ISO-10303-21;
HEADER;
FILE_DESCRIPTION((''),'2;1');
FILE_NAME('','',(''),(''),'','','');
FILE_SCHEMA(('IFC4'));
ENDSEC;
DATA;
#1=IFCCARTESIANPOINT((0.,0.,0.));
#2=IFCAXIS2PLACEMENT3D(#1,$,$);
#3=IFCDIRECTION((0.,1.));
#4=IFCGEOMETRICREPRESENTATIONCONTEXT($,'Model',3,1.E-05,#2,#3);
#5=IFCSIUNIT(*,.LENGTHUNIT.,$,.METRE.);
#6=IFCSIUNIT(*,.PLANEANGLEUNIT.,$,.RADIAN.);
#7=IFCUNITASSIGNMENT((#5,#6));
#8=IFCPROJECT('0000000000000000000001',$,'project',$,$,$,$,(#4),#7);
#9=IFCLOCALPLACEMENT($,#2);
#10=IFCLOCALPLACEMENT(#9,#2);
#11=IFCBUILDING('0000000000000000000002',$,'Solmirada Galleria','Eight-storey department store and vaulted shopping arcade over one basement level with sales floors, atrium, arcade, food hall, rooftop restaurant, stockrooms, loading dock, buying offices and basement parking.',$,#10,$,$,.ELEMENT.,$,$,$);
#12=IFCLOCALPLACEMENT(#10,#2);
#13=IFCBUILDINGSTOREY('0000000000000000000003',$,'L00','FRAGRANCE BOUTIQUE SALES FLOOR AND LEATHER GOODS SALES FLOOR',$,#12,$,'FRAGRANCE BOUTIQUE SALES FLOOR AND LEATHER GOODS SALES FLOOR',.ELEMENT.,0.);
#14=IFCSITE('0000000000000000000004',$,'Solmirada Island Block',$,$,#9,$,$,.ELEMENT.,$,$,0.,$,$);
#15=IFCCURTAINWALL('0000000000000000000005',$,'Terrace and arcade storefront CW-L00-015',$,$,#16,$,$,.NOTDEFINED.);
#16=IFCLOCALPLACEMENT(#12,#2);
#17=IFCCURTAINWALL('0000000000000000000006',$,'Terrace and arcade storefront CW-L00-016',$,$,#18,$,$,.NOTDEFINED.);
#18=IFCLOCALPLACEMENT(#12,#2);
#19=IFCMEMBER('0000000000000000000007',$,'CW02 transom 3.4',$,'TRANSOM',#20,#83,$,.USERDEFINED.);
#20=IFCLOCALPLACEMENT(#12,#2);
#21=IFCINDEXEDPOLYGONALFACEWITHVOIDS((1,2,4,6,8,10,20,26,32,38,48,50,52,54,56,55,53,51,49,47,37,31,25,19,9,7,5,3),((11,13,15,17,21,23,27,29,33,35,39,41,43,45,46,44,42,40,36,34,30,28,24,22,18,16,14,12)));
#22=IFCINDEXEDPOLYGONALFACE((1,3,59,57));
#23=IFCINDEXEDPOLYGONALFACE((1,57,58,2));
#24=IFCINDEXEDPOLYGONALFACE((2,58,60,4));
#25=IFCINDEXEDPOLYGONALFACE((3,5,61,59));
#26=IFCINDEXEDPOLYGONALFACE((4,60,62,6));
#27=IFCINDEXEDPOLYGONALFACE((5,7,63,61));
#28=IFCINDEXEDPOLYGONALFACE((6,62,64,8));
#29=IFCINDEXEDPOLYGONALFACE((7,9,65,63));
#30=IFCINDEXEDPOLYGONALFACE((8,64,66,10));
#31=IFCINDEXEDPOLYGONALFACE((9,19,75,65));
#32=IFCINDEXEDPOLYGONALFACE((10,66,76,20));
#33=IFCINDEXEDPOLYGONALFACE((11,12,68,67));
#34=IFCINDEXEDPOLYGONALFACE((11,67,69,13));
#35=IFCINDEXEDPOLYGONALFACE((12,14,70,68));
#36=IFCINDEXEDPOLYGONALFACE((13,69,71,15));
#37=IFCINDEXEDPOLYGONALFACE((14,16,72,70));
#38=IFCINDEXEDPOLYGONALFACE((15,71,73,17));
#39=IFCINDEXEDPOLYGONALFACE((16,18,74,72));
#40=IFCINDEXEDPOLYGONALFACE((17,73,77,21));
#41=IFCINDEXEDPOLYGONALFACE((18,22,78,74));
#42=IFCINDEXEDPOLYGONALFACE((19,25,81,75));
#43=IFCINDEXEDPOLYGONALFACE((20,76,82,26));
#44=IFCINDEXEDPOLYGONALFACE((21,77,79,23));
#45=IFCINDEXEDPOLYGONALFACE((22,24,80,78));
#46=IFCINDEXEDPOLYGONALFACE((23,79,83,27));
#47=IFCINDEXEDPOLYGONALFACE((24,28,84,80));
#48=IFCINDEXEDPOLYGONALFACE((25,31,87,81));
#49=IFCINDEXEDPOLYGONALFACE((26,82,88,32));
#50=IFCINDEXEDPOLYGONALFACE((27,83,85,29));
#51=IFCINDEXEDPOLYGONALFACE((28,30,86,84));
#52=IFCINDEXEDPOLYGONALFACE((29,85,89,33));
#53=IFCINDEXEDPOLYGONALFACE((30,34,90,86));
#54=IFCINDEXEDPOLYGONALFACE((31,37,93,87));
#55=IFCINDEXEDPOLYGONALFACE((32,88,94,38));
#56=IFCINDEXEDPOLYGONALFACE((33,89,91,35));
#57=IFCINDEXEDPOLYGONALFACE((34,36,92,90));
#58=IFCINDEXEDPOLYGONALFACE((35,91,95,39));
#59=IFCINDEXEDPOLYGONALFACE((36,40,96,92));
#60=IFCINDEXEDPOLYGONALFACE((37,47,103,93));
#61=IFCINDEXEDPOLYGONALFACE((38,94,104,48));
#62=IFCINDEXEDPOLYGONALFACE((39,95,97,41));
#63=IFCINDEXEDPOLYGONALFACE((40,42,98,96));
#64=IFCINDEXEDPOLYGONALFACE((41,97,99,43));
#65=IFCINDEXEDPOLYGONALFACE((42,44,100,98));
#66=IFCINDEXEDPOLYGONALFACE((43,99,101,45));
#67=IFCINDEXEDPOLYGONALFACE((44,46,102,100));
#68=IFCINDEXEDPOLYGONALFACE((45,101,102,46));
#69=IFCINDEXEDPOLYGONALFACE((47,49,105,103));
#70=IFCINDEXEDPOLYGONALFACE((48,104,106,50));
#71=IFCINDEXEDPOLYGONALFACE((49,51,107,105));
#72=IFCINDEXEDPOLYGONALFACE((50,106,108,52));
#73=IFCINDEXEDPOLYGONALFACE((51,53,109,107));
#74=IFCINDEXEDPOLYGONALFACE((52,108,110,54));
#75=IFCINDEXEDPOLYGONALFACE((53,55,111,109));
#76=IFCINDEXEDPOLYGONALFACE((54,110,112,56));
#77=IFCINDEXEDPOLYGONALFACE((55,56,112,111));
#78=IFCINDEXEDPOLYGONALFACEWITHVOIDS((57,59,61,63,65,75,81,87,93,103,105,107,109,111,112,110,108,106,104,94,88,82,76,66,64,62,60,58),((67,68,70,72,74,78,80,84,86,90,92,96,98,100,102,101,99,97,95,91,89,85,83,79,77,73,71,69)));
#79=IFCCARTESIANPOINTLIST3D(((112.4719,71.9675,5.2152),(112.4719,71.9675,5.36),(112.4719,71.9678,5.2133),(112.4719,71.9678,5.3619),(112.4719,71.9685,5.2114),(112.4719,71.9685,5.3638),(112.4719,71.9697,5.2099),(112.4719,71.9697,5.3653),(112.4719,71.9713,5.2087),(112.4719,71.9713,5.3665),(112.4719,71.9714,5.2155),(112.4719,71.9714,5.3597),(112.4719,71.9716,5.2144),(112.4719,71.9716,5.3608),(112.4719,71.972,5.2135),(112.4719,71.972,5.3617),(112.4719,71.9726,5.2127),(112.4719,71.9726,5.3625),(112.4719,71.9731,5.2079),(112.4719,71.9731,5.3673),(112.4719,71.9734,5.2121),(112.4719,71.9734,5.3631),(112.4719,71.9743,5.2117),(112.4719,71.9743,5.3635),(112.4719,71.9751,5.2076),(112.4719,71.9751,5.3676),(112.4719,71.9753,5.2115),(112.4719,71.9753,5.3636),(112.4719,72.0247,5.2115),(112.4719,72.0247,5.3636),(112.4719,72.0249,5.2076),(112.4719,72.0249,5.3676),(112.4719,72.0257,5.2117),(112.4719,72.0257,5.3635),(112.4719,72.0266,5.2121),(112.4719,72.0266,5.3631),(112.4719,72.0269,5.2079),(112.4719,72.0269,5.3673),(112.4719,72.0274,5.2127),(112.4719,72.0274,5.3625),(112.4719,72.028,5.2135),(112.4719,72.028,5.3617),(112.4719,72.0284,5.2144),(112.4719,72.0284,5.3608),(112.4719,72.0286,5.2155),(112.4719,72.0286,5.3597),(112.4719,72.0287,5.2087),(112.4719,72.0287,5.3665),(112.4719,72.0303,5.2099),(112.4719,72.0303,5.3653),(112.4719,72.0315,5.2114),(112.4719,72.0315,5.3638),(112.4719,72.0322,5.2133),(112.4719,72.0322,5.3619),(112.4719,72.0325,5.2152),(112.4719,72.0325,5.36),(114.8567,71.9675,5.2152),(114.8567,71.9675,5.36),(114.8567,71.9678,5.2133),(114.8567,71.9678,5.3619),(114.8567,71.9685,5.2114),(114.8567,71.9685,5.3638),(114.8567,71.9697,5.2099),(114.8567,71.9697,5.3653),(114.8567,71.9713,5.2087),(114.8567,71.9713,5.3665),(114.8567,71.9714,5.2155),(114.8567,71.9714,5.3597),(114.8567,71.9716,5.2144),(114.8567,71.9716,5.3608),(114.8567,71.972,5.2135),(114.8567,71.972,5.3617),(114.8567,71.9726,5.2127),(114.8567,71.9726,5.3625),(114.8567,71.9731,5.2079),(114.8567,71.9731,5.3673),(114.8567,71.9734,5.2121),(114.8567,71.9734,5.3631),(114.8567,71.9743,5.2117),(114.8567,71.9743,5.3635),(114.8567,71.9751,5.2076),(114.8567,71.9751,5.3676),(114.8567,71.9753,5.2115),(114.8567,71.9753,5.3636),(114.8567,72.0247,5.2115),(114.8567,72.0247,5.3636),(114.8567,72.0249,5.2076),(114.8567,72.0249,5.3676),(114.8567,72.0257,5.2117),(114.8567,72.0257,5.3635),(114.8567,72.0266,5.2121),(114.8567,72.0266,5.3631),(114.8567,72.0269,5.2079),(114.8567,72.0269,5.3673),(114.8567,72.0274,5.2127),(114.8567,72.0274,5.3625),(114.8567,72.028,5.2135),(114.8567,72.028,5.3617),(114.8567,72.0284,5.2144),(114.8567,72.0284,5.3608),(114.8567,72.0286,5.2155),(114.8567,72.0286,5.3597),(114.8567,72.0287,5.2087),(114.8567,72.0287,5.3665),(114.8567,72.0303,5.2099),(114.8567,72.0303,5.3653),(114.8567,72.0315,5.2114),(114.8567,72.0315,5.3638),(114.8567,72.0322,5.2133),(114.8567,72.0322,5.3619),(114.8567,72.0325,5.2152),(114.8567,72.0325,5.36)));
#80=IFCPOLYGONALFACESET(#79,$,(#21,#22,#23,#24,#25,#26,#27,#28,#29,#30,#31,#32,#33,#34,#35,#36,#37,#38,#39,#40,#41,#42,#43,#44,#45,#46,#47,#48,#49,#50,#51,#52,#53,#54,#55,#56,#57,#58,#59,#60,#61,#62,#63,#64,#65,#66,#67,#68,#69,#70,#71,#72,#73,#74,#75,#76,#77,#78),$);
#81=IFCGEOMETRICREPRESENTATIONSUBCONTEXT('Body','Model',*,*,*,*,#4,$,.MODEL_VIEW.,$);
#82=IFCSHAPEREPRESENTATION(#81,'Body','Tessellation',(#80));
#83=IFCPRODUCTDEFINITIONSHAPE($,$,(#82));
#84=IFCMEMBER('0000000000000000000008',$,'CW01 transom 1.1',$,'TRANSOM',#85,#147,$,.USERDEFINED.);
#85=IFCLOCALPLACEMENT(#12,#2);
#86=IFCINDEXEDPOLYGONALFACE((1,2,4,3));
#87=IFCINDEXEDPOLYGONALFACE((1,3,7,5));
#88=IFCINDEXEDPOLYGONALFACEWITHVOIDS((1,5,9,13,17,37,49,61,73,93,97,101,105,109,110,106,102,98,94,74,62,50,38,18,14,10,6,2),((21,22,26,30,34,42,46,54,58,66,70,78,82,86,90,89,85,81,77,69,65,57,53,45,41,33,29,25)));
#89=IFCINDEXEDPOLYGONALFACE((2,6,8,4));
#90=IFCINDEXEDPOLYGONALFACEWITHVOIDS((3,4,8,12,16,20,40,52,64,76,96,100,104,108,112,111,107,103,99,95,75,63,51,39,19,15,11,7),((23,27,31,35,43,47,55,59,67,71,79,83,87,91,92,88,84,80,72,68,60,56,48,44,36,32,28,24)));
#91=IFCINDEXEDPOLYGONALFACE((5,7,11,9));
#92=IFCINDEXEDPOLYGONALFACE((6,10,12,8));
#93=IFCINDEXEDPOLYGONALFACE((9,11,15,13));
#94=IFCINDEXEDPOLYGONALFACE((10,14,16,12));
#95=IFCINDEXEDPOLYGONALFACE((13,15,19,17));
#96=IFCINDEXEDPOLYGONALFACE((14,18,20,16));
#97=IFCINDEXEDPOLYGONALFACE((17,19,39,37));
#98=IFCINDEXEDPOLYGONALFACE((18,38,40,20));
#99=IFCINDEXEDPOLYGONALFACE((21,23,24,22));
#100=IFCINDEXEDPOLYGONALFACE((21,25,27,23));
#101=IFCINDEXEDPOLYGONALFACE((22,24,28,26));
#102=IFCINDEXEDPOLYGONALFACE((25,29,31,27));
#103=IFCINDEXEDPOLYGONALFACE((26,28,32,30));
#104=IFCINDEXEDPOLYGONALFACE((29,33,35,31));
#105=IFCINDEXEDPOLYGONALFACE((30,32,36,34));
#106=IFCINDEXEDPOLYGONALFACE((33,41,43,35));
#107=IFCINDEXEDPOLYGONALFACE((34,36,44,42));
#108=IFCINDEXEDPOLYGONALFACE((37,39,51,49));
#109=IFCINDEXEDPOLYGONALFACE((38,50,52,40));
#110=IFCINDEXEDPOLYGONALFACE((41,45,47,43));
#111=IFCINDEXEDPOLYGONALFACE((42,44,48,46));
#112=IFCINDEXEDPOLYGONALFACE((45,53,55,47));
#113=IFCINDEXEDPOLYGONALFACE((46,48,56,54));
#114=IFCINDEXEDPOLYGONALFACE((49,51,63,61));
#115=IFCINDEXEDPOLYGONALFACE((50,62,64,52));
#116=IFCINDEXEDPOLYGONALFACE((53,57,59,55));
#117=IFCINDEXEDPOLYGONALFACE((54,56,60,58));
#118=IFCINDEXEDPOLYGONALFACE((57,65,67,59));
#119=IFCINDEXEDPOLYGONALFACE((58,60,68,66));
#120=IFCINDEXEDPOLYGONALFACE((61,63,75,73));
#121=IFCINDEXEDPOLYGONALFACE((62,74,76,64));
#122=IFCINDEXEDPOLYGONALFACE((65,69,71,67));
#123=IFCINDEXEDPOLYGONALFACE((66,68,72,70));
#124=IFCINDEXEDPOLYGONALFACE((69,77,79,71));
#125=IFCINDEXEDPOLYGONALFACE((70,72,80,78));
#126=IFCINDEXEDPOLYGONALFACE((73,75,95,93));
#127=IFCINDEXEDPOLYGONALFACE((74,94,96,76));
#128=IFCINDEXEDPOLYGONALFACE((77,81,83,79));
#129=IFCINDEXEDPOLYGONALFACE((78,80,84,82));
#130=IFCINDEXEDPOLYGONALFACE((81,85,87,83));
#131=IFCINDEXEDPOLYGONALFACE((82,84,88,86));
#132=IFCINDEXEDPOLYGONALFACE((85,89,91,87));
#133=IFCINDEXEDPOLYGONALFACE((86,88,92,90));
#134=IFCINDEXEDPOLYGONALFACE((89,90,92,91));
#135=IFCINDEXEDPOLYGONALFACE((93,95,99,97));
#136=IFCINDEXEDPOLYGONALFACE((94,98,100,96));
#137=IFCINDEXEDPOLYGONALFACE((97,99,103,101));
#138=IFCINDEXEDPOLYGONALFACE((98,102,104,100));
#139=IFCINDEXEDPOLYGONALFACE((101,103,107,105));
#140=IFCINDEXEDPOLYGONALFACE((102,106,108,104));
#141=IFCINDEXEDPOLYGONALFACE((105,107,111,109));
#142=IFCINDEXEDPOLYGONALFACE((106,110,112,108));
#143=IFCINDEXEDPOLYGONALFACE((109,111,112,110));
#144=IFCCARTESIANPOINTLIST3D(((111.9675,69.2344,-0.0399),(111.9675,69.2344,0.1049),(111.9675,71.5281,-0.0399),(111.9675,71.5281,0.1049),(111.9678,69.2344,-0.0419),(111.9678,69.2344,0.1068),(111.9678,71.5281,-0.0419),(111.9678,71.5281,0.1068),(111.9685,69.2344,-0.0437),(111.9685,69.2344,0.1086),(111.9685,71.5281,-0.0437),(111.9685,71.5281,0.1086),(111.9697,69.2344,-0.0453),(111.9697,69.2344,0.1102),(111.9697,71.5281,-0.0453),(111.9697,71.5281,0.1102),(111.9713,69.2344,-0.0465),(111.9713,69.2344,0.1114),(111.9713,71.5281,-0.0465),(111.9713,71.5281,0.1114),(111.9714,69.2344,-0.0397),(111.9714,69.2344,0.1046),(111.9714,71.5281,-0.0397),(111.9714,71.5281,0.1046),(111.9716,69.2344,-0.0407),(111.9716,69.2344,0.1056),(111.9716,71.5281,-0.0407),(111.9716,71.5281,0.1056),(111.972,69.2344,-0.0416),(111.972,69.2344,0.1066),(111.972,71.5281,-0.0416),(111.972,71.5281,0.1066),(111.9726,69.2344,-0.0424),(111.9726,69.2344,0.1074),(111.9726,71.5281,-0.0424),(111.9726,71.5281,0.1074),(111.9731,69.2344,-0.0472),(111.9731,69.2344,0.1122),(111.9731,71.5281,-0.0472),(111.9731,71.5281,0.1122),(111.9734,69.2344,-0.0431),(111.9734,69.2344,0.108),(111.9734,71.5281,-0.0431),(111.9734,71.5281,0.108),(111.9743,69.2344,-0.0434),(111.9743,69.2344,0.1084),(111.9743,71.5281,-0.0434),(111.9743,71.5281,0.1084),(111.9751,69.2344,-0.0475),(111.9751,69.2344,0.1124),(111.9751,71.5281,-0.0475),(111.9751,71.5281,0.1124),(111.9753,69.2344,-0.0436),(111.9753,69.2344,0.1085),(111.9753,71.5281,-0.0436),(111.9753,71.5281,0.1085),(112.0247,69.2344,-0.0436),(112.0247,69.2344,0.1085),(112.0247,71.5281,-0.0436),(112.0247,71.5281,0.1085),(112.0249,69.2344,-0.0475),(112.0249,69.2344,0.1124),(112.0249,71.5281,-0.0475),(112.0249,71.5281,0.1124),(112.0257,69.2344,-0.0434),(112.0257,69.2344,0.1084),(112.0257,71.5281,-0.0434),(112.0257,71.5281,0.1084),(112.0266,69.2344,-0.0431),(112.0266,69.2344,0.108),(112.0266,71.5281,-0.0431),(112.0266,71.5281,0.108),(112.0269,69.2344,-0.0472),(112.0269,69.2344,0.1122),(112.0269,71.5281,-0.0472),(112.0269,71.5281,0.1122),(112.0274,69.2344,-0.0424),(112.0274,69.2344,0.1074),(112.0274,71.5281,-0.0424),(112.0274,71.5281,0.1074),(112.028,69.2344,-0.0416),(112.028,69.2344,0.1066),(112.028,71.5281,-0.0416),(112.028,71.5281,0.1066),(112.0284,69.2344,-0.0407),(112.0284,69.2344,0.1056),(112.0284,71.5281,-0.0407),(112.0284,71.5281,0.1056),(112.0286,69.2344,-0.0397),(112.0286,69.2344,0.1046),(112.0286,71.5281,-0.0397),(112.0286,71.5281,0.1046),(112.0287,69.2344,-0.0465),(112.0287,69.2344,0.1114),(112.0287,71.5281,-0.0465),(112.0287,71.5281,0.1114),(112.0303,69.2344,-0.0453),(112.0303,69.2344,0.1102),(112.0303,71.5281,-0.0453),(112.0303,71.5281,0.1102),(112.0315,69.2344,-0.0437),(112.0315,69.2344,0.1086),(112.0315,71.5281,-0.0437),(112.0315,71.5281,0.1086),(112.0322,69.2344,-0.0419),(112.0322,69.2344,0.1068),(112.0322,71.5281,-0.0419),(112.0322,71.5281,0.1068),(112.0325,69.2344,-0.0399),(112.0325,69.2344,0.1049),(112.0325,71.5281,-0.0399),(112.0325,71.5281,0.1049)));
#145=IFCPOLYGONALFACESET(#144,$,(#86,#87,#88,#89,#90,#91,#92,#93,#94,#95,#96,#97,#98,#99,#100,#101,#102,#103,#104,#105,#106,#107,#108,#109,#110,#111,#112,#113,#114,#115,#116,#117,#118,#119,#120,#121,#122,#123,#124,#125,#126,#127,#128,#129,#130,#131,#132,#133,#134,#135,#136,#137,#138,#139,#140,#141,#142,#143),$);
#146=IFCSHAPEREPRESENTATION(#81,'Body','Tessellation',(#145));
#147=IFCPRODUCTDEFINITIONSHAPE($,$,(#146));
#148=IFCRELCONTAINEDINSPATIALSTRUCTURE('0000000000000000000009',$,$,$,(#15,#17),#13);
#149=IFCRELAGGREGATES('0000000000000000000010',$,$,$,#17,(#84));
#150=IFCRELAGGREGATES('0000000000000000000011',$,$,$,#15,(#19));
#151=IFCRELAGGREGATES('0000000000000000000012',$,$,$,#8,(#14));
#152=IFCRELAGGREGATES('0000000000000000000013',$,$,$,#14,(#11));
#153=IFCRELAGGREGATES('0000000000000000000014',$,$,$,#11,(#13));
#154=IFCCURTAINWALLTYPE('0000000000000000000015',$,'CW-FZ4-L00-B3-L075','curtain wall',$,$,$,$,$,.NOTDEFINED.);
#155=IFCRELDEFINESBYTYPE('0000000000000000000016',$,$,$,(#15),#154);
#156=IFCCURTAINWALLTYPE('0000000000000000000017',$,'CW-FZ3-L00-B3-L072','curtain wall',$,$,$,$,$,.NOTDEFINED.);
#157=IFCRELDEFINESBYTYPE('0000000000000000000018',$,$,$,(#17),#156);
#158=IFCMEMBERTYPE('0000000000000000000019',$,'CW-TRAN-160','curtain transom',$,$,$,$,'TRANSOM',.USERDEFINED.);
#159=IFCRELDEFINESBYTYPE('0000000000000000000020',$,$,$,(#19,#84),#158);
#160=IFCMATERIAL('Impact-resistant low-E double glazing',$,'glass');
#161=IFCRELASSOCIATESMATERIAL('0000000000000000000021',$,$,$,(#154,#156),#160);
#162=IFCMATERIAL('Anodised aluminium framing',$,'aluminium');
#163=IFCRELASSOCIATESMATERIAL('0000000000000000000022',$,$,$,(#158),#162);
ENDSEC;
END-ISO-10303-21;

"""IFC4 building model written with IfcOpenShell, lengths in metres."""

from ifc_helpers import new_model, si_unit, direction, frame, origin, origin_2d, place, context, subcontext, project, spatial, hollow_rectangle, extrude, material, material_profile, profile_set, type_object, element, aggregate, save


model = new_model("IFC4")

# Units and contexts
model_context = context("Model", 3, precision=1e-05, world=origin(), true_north=direction((0.0, 1.0)))
body_context = subcontext(model_context, "Body", "Model", "MODEL_VIEW")
ifc_project = project(units=[si_unit("LENGTHUNIT", "METRE"), si_unit("PLANEANGLEUNIT", "RADIAN")], contexts=[model_context])

# Site, building, storey
site_placement = place(None, origin())
site = spatial("IfcSite", under=ifc_project, at=site_placement, Name="Solmirada Island Block", CompositionType="ELEMENT", RefElevation=0.0)
building_placement = place(site_placement, origin())
building = spatial("IfcBuilding", under=site, at=building_placement, Name="Solmirada Galleria", Description="Eight-storey department store and vaulted shopping arcade over one basement level with sales floors, atrium, arcade, food hall, rooftop restaurant, stockrooms, loading dock, buying offices and basement parking.", CompositionType="ELEMENT")
storey_placement = place(building_placement, origin())
storey = spatial("IfcBuildingStorey", under=building, at=storey_placement, Name="L00", Description="FRAGRANCE BOUTIQUE SALES FLOOR AND LEATHER GOODS SALES FLOOR", LongName="FRAGRANCE BOUTIQUE SALES FLOOR AND LEATHER GOODS SALES FLOOR", CompositionType="ELEMENT", Elevation=0.0)

# Curtain walls
ifc_material_1 = material(Name="Impact-resistant low-E double glazing", Category="glass")
curtain_wall_type_1 = type_object("IfcCurtainWallType", Name="CW-FZ4-L00-B3-L075", Description="curtain wall", PredefinedType="NOTDEFINED", material=ifc_material_1)
curtain_wall_1_placement = place(storey_placement, origin())
curtain_wall_1 = element("IfcCurtainWall", 1, at=curtain_wall_1_placement, inside=storey, type_object=curtain_wall_type_1, Name="Terrace and arcade storefront CW-L00-015", PredefinedType="NOTDEFINED")
ifc_material_2 = material(Name="Anodised aluminium framing", Category="aluminium")
curtain_wall_type_2 = type_object("IfcCurtainWallType", Name="CW-FZ3-L00-B3-L072", Description="curtain wall", PredefinedType="NOTDEFINED", material=ifc_material_1)
curtain_wall_2_placement = place(storey_placement, origin())
curtain_wall_2 = element("IfcCurtainWall", 2, at=curtain_wall_2_placement, inside=storey, type_object=curtain_wall_type_2, Name="Terrace and arcade storefront CW-L00-016", PredefinedType="NOTDEFINED")

# Members
ifc_material_profile_1 = material_profile(ifc_material_2, hollow_rectangle(XDim=0.0649, YDim=0.1599, WallThickness=0.0039, InnerFilletRadius=0.0039, OuterFilletRadius=0.0076, at=origin_2d()), Name="ALU-TRAN-160X65")
ifc_profile_set_1 = profile_set([ifc_material_profile_1], Name="Anodised aluminium framing")
member_type_1 = type_object("IfcMemberType", Name="CW-TRAN-160", Description="curtain transom", ElementType="TRANSOM", PredefinedType="USERDEFINED", material=ifc_profile_set_1)
member_1_placement = place(storey_placement, frame((114.8567, 72.0, 5.2876), z_axis=(-1.0, 0.0, 0.0), x_axis=(0.0, -1.0, 0.0)))
member_1 = element("IfcMember", 3, at=member_1_placement, type_object=member_type_1, Name="CW02 transom 3.4", ObjectType="TRANSOM", PredefinedType="USERDEFINED", context=body_context, shape_type="SweptSolid", body=[
    extrude(hollow_rectangle(XDim=0.0649, YDim=0.1599, WallThickness=0.0039, InnerFilletRadius=0.0039, OuterFilletRadius=0.0076, at=origin_2d()), origin(), (0.0, 0.0, 1.0), 2.3848),
])
member_2_placement = place(storey_placement, frame((112.0, 71.5281, 0.0325), z_axis=(0.0, -1.0, 0.0), x_axis=(1.0, 0.0, 0.0)))
member_2 = element("IfcMember", 4, at=member_2_placement, type_object=member_type_1, Name="CW01 transom 1.1", ObjectType="TRANSOM", PredefinedType="USERDEFINED", context=body_context, shape_type="SweptSolid", body=[
    extrude(hollow_rectangle(XDim=0.0649, YDim=0.1599, WallThickness=0.0039, InnerFilletRadius=0.0039, OuterFilletRadius=0.0076, at=origin_2d()), origin(), (0.0, 0.0, 1.0), 2.2937),
])

aggregate(curtain_wall_2, [member_2])
aggregate(curtain_wall_1, [member_1])

save(model, "model.ifc")
